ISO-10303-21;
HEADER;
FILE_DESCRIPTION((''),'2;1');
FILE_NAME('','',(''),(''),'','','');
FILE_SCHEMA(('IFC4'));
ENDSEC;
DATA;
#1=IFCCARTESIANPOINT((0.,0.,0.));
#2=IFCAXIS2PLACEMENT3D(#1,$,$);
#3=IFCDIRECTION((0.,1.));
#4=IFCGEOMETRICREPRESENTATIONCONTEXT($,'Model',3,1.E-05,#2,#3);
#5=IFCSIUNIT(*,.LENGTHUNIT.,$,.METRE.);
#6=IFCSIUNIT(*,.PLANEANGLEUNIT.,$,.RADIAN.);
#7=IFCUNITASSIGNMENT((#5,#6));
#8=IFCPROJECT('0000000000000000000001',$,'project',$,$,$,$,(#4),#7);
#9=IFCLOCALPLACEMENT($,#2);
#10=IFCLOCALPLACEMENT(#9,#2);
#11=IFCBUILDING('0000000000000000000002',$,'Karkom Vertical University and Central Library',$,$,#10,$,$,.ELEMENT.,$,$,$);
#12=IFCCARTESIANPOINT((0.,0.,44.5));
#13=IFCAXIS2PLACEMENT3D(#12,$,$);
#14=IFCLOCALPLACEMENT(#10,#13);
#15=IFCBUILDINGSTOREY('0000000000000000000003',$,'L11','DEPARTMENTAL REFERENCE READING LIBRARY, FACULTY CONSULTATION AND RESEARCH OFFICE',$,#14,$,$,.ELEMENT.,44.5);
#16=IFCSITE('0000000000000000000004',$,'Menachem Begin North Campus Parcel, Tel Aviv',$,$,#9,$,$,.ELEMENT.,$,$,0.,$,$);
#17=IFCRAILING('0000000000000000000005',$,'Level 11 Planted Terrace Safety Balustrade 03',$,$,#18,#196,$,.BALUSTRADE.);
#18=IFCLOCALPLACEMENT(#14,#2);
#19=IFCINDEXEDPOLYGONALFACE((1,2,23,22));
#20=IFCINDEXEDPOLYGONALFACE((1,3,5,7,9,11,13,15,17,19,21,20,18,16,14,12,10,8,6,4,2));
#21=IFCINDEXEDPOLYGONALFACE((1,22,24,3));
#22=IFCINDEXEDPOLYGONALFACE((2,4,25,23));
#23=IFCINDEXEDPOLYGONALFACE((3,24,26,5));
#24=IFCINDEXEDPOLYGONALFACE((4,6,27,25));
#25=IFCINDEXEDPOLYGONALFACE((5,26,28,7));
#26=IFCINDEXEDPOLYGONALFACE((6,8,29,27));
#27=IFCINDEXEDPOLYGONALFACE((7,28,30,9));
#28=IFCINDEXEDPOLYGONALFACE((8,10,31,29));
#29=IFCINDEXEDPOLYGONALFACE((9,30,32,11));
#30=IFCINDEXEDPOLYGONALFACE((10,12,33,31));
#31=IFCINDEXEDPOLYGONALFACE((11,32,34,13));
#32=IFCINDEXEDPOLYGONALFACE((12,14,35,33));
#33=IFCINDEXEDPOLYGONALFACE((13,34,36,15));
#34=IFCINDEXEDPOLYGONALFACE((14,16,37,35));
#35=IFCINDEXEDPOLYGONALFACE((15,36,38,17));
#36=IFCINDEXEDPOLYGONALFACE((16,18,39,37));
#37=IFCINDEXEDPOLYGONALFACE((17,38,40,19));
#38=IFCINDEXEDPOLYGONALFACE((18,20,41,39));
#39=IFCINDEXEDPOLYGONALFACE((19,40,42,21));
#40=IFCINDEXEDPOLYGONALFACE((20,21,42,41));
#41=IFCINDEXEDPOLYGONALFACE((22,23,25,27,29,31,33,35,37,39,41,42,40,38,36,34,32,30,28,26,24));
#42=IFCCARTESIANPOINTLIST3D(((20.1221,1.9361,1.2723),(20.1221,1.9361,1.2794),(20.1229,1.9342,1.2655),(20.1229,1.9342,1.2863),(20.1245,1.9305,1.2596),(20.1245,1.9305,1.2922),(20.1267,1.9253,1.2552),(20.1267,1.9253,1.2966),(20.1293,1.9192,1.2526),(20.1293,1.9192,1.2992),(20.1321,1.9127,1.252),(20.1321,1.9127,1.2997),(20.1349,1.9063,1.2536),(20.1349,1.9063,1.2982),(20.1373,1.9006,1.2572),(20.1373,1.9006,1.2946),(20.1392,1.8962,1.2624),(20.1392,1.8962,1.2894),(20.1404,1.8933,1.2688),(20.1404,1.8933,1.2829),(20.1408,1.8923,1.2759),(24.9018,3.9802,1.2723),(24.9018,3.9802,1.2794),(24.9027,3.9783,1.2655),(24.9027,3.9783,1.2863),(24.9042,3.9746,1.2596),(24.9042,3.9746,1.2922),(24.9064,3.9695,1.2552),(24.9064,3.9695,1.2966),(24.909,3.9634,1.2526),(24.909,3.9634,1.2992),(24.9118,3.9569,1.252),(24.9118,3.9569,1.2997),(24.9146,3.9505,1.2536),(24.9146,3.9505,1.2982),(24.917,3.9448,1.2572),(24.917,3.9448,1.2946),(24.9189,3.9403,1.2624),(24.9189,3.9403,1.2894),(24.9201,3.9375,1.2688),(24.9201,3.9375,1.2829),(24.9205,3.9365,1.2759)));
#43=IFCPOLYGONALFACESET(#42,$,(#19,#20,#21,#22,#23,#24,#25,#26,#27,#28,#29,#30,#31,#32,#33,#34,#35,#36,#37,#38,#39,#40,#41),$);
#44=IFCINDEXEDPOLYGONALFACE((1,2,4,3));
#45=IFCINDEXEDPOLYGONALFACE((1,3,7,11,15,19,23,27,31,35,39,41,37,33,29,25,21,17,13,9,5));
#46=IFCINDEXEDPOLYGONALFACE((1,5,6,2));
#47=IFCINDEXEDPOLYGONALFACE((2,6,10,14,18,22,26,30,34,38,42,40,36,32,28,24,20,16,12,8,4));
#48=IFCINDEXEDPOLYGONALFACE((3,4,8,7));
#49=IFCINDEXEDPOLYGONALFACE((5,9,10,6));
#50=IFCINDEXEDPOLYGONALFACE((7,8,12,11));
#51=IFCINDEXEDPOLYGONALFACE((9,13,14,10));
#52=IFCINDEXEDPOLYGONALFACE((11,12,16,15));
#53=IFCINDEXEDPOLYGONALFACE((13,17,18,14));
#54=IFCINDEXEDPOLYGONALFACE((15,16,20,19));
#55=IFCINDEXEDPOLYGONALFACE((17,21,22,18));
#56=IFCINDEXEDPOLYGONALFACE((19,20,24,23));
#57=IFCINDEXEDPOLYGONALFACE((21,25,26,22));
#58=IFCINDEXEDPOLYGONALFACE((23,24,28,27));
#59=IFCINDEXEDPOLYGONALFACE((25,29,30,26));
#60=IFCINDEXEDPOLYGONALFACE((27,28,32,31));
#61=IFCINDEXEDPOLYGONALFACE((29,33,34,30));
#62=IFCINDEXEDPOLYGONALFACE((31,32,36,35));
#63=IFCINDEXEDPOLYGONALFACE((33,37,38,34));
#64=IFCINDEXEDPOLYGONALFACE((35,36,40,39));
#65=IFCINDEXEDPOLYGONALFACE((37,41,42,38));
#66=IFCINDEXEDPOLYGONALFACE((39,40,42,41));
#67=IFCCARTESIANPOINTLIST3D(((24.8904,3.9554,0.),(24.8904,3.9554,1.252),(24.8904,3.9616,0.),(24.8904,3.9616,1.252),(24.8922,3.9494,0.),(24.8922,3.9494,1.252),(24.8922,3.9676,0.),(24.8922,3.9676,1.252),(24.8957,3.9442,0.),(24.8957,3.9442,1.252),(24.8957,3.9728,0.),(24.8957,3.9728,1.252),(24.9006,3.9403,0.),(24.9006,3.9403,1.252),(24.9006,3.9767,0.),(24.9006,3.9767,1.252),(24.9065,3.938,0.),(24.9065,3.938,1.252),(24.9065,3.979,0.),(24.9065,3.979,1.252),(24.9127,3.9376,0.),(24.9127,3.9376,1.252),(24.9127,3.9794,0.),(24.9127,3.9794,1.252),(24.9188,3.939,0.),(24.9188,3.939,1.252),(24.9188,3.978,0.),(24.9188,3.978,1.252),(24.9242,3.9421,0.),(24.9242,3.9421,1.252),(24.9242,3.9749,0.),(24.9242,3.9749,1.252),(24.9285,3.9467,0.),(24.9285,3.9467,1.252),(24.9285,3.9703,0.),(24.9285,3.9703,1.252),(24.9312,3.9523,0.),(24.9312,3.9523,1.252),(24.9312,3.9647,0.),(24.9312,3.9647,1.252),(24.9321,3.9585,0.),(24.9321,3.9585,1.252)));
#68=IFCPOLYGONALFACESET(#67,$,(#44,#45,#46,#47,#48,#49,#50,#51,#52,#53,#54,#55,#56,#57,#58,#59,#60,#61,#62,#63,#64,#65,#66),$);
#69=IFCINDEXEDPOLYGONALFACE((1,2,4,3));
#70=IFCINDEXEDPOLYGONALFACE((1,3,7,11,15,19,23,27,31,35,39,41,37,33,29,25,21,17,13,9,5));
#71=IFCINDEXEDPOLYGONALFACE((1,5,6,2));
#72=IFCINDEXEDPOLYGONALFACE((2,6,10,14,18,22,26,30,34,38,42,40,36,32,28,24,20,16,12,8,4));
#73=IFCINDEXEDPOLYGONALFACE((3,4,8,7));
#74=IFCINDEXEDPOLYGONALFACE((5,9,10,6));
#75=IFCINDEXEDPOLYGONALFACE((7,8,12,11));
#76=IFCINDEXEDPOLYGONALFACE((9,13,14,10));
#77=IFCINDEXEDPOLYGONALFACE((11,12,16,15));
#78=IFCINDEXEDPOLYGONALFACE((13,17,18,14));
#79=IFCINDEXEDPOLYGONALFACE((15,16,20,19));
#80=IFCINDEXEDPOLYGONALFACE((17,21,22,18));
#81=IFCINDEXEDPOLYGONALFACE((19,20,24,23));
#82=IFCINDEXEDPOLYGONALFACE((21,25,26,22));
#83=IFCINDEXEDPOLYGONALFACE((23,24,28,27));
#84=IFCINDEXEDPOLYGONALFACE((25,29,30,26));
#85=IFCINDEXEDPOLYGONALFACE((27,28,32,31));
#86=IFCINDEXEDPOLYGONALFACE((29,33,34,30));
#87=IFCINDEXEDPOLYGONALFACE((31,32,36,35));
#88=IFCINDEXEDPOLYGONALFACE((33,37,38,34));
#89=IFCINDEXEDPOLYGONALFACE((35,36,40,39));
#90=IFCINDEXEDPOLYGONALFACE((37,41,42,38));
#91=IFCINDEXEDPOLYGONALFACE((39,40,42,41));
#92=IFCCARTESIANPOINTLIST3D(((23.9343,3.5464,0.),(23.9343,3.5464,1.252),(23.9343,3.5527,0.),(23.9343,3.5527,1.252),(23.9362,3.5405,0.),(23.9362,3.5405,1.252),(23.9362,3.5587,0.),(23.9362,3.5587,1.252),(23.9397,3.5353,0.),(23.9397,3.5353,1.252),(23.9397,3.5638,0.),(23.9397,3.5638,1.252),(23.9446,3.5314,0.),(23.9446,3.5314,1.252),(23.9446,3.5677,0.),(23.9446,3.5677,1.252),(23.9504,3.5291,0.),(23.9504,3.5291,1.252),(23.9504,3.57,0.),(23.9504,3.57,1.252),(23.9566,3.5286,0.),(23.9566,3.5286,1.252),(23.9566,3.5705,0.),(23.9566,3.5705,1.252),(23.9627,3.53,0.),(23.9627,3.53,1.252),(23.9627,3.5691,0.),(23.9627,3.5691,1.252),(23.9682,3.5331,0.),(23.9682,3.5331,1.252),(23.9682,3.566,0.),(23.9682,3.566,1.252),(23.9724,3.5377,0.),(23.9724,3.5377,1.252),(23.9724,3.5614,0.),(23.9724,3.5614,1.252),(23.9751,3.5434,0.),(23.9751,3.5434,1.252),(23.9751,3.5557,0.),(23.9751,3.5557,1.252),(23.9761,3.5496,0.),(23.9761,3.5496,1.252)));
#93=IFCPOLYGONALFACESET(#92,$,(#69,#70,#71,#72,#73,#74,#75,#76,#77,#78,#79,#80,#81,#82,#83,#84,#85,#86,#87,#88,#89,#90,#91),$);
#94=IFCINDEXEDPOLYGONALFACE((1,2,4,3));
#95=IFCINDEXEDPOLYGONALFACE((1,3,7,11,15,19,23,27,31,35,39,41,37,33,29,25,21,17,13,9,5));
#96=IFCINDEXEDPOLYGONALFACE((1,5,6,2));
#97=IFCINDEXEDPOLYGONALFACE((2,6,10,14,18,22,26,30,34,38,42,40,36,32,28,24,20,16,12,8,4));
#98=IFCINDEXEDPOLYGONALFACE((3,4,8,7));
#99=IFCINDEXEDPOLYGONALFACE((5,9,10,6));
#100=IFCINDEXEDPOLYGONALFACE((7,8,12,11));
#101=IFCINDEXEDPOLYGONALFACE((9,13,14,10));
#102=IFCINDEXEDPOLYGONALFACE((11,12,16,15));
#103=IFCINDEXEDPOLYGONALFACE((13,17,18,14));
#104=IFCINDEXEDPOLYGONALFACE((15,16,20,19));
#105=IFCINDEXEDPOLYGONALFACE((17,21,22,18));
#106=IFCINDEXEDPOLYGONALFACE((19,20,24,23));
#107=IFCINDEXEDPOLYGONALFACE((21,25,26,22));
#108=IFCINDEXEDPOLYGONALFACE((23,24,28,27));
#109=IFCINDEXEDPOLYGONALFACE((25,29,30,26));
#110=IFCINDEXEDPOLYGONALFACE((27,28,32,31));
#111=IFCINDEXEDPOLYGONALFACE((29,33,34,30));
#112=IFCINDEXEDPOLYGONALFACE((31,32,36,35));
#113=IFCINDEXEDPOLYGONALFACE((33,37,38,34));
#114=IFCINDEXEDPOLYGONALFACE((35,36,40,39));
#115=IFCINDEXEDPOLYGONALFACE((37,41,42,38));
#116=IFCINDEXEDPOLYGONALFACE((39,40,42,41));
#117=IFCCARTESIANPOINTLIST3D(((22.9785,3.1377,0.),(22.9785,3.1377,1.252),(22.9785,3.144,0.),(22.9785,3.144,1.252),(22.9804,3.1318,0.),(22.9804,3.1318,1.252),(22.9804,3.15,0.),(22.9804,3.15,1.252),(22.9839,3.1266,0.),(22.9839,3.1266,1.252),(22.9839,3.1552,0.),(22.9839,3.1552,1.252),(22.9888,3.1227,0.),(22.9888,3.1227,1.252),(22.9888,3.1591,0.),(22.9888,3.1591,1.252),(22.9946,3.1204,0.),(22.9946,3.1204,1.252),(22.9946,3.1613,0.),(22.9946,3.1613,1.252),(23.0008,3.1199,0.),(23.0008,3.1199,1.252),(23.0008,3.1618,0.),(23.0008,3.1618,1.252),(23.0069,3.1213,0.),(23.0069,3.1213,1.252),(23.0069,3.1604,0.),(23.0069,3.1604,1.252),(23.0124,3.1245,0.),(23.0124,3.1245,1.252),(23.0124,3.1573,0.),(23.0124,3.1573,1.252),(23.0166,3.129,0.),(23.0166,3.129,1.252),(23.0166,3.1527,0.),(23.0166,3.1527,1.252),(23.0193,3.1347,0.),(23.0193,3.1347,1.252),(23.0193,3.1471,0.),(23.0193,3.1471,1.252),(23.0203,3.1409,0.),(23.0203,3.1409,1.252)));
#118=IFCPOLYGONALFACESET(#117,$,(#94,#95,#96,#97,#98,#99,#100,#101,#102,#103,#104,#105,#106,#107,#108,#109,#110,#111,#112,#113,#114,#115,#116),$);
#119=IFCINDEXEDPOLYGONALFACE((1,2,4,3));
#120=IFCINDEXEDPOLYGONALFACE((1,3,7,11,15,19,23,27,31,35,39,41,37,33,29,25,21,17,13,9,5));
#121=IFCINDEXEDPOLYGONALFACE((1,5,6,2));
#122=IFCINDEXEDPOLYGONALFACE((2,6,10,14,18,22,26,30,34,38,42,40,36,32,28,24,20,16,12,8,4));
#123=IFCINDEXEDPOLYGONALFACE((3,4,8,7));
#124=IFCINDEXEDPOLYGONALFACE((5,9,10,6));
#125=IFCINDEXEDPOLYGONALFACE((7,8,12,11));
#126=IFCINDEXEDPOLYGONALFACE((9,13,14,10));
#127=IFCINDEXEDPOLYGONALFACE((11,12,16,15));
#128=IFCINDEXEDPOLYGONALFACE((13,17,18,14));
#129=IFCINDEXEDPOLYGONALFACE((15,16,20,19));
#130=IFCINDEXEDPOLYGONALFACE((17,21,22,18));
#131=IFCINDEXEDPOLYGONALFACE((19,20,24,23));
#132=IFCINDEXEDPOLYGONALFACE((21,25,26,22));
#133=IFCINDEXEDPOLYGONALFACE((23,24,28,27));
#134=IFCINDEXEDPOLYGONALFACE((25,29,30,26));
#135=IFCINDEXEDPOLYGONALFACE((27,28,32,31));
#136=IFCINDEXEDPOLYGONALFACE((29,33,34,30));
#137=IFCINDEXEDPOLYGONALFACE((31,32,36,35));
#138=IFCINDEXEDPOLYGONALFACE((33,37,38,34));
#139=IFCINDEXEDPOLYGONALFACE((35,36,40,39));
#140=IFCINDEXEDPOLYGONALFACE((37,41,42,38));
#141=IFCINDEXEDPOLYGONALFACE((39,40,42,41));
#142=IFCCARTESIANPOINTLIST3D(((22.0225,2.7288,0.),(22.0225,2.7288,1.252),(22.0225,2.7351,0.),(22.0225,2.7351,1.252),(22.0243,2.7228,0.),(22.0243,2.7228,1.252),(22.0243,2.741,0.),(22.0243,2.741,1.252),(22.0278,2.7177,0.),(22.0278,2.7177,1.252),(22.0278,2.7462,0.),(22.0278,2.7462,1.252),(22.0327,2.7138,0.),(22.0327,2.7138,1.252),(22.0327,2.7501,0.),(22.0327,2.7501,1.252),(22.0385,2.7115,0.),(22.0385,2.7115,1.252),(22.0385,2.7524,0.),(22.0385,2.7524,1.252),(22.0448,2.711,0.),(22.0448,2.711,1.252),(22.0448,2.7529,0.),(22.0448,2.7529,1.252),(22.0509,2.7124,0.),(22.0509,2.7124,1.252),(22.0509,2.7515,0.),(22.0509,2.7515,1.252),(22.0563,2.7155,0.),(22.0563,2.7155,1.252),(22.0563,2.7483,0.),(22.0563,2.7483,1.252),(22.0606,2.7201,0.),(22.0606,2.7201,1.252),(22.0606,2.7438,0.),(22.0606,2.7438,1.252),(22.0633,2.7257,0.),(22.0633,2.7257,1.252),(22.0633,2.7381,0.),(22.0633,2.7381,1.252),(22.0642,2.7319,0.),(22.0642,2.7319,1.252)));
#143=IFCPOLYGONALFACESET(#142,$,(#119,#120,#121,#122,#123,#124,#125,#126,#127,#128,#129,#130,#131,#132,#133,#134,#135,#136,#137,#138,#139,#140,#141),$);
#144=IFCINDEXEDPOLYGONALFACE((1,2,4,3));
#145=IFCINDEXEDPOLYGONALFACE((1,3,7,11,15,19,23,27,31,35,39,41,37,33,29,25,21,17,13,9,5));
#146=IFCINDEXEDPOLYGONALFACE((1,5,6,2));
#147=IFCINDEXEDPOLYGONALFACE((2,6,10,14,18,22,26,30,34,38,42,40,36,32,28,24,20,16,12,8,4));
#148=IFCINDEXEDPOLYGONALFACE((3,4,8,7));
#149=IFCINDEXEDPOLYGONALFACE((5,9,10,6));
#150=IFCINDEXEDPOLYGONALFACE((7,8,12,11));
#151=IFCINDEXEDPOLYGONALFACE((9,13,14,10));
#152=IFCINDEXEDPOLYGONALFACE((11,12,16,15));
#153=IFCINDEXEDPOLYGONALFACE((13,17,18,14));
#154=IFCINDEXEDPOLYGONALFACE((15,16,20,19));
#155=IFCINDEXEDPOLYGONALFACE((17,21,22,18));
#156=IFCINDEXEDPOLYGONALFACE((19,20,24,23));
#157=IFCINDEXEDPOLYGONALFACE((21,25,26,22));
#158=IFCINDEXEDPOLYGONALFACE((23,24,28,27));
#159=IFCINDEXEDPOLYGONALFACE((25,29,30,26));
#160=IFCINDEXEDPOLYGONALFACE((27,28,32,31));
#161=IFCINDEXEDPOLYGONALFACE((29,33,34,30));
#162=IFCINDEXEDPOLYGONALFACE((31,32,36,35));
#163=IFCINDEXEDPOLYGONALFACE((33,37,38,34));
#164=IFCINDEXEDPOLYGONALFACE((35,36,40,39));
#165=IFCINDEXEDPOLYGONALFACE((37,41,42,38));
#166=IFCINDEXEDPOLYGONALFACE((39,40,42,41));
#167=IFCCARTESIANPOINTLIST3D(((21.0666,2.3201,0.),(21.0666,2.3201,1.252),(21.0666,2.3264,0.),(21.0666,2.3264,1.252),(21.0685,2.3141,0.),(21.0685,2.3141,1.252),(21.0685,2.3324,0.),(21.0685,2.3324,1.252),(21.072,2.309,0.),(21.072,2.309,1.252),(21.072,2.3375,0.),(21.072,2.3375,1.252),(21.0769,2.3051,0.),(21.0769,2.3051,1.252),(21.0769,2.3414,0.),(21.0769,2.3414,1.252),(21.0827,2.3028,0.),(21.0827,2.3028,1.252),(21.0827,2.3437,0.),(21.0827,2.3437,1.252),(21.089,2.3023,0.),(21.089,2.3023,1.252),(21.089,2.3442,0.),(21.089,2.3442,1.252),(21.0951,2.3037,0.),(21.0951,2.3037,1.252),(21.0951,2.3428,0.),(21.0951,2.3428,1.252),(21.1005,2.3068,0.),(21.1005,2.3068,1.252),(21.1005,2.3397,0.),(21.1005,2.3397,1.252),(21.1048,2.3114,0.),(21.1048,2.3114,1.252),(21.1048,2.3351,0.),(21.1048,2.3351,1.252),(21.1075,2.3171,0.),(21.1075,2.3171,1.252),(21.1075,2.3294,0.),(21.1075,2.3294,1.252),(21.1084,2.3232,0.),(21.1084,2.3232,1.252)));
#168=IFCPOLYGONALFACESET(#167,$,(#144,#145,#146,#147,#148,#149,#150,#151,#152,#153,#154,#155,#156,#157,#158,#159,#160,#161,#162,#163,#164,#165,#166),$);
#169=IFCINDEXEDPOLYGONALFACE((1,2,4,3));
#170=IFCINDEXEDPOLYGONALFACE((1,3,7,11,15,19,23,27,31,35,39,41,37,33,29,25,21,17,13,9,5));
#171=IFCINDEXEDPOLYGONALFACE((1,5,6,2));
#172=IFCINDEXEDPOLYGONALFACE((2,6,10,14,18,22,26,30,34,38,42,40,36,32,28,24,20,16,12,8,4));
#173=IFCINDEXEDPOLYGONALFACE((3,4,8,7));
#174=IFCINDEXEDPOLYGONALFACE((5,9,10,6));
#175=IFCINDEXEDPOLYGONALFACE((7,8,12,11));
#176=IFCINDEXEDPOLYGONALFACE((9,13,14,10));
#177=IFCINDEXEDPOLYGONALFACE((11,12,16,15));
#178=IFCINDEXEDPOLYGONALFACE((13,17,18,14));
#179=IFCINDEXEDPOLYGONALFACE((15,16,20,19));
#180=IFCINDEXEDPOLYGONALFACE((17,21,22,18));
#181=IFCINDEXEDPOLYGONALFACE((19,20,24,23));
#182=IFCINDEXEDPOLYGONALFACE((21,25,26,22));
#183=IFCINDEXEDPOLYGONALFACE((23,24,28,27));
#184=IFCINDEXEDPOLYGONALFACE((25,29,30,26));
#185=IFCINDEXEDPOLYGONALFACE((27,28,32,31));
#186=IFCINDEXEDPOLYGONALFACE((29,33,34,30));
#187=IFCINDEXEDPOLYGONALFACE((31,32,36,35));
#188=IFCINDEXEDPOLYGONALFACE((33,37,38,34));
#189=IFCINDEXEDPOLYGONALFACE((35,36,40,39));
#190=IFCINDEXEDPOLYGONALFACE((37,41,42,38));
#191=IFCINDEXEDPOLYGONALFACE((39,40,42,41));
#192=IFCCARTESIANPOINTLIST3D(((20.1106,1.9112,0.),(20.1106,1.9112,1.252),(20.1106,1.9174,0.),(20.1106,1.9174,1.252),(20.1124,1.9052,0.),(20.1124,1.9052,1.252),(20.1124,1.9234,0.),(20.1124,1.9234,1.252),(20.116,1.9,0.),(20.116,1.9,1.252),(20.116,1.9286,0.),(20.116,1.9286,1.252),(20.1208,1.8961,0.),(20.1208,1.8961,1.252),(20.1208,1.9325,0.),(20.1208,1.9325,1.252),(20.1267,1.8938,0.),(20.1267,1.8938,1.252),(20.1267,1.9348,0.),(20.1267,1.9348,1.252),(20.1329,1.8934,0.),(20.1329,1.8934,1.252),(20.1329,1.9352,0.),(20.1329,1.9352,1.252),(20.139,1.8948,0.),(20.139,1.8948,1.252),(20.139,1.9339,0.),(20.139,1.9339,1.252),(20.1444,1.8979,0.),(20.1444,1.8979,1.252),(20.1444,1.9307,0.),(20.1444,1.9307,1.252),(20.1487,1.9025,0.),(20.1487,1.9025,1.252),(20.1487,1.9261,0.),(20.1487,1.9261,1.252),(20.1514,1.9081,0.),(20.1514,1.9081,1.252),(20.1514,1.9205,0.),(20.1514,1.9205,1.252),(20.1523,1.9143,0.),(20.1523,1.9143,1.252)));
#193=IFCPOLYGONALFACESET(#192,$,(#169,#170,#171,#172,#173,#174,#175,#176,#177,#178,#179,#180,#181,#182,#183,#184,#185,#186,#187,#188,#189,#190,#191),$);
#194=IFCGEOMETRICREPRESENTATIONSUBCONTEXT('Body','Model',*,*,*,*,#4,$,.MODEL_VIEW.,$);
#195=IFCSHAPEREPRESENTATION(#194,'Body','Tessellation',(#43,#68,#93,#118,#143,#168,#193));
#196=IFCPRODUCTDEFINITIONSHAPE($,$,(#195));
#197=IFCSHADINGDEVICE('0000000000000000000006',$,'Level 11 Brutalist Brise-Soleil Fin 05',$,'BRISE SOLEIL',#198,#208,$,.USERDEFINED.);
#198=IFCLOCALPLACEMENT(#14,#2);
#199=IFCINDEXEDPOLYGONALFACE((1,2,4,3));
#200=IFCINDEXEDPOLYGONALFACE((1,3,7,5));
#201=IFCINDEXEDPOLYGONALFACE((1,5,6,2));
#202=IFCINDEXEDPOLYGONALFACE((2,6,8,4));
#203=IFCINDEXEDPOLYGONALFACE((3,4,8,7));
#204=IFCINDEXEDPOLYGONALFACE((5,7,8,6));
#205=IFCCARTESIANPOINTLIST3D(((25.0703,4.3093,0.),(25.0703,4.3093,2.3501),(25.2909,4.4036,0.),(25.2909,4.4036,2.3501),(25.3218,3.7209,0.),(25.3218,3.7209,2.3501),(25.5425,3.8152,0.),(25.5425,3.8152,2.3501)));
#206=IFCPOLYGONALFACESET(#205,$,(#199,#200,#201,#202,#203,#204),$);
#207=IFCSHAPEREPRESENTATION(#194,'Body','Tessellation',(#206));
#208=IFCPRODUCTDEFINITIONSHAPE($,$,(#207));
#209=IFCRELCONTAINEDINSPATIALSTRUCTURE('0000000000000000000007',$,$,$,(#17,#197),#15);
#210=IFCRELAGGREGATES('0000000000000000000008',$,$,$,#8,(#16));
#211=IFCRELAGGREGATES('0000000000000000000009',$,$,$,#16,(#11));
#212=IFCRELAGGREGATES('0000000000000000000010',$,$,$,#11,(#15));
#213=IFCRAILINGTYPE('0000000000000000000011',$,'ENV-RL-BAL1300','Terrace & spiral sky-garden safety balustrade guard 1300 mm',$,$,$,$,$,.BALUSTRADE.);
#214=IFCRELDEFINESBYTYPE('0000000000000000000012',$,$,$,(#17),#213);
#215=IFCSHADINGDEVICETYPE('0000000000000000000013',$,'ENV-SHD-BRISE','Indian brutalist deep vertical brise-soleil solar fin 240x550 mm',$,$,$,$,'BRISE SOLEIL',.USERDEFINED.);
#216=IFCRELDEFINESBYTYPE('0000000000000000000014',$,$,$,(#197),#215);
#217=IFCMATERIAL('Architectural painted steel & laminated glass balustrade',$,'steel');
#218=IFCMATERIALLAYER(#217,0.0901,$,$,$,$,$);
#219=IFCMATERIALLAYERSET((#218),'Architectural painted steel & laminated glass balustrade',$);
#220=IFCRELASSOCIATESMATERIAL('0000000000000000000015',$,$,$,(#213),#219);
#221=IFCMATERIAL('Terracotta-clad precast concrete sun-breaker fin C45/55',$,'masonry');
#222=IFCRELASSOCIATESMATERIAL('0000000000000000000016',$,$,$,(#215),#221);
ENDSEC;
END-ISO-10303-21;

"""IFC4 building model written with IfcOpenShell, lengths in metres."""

from ifc_helpers import new_model, si_unit, direction, frame, origin, origin_with_axes, origin_2d, place, context, subcontext, project, spatial, rectangle, circle, extrude, source, transform, mapped, material, layer, layer_set, type_object, element, save


model = new_model("IFC4")

# Units and contexts
model_context = context("Model", 3, precision=1e-05, world=origin(), true_north=direction((0.0, 1.0)))
body_context = subcontext(model_context, "Body", "Model", "MODEL_VIEW")
ifc_project = project(units=[si_unit("LENGTHUNIT", "METRE"), si_unit("PLANEANGLEUNIT", "RADIAN")], contexts=[model_context])

# Site, building, storey
site_placement = place(None, origin())
site = spatial("IfcSite", under=ifc_project, at=site_placement, Name="Menachem Begin North Campus Parcel, Tel Aviv", CompositionType="ELEMENT", RefElevation=0.0)
building_placement = place(site_placement, origin())
building = spatial("IfcBuilding", under=site, at=building_placement, Name="Karkom Vertical University and Central Library", CompositionType="ELEMENT")
storey_placement = place(building_placement, frame((0.0, 0.0, 44.5)))
storey = spatial("IfcBuildingStorey", under=building, at=storey_placement, Name="L11", Description="DEPARTMENTAL REFERENCE READING LIBRARY, FACULTY CONSULTATION AND RESEARCH OFFICE", CompositionType="ELEMENT", Elevation=44.5)

# Railing
ifc_material_1 = material(Name="Architectural painted steel & laminated glass balustrade", Category="steel")
ifc_layer_1 = layer(ifc_material_1, 0.0901)
ifc_layer_set_1 = layer_set([ifc_layer_1], Name="Architectural painted steel & laminated glass balustrade")
railing_type = type_object("IfcRailingType", Name="ENV-RL-BAL1300", Description="Terrace & spiral sky-garden safety balustrade guard 1300 mm", PredefinedType="BALUSTRADE", material=ifc_layer_set_1)
railing_1_placement = place(storey_placement, frame((24.9111, 3.9585, 0.0)))
element("IfcRailing", 1, at=railing_1_placement, inside=storey, type_object=railing_type, Name="Level 11 Planted Terrace Safety Balustrade 03", PredefinedType="BALUSTRADE", context=body_context, shape_type="SweptSolid", body=[
    extrude(circle(Radius=0.0239, at=origin_2d()), frame((0.0, 0.0, 1.2759), z_axis=(-0.919444, -0.393222, 0.0), x_axis=(0.393222, -0.919444, 0.0)), (0.0, 0.0, 1.0), 5.1985),
    extrude(circle(Radius=0.021, at=origin_2d()), origin(), (0.0, 0.0, 1.0), 1.252),
    extrude(circle(Radius=0.021, at=origin_2d()), frame((-0.9561, -0.4089, 0.0)), (0.0, 0.0, 1.0), 1.252),
    extrude(circle(Radius=0.021, at=origin_2d()), frame((-1.9119, -0.8176, 0.0)), (0.0, 0.0, 1.0), 1.252),
    extrude(circle(Radius=0.021, at=origin_2d()), frame((-2.8679, -1.2266, 0.0)), (0.0, 0.0, 1.0), 1.252),
    extrude(circle(Radius=0.021, at=origin_2d()), frame((-3.8237, -1.6353, 0.0)), (0.0, 0.0, 1.0), 1.252),
    extrude(circle(Radius=0.021, at=origin_2d()), frame((-4.7798, -2.0442, 0.0)), (0.0, 0.0, 1.0), 1.252),
])

# Shading device
ifc_material_2 = material(Name="Terracotta-clad precast concrete sun-breaker fin C45/55", Category="masonry")
shading_device_type = type_object("IfcShadingDeviceType", Name="ENV-SHD-BRISE", Description="Indian brutalist deep vertical brise-soleil solar fin 240x550 mm", ElementType="BRISE SOLEIL", PredefinedType="USERDEFINED", material=ifc_material_2)
shared_shape_1 = source(origin_with_axes(), body_context, "Body", "SweptSolid", [
    extrude(rectangle(XDim=0.24, YDim=0.6399, at=origin_2d()), origin(), (0.0, 0.0, 1.0), 2.3501),
])
shading_device_placement = place(storey_placement, frame((25.3064, 4.0623, 0.0), z_axis=(0.0, 0.0, 1.0), x_axis=(0.919479, 0.39314, 0.0)))
element("IfcShadingDevice", 2, at=shading_device_placement, inside=storey, type_object=shading_device_type, Name="Level 11 Brutalist Brise-Soleil Fin 05", ObjectType="BRISE SOLEIL", PredefinedType="USERDEFINED", context=body_context, shape_type="MappedRepresentation", body=[
    mapped(shared_shape_1, transform((0.0, 0.0, 0.0), scale=1.0)),
])

save(model, "model.ifc")
